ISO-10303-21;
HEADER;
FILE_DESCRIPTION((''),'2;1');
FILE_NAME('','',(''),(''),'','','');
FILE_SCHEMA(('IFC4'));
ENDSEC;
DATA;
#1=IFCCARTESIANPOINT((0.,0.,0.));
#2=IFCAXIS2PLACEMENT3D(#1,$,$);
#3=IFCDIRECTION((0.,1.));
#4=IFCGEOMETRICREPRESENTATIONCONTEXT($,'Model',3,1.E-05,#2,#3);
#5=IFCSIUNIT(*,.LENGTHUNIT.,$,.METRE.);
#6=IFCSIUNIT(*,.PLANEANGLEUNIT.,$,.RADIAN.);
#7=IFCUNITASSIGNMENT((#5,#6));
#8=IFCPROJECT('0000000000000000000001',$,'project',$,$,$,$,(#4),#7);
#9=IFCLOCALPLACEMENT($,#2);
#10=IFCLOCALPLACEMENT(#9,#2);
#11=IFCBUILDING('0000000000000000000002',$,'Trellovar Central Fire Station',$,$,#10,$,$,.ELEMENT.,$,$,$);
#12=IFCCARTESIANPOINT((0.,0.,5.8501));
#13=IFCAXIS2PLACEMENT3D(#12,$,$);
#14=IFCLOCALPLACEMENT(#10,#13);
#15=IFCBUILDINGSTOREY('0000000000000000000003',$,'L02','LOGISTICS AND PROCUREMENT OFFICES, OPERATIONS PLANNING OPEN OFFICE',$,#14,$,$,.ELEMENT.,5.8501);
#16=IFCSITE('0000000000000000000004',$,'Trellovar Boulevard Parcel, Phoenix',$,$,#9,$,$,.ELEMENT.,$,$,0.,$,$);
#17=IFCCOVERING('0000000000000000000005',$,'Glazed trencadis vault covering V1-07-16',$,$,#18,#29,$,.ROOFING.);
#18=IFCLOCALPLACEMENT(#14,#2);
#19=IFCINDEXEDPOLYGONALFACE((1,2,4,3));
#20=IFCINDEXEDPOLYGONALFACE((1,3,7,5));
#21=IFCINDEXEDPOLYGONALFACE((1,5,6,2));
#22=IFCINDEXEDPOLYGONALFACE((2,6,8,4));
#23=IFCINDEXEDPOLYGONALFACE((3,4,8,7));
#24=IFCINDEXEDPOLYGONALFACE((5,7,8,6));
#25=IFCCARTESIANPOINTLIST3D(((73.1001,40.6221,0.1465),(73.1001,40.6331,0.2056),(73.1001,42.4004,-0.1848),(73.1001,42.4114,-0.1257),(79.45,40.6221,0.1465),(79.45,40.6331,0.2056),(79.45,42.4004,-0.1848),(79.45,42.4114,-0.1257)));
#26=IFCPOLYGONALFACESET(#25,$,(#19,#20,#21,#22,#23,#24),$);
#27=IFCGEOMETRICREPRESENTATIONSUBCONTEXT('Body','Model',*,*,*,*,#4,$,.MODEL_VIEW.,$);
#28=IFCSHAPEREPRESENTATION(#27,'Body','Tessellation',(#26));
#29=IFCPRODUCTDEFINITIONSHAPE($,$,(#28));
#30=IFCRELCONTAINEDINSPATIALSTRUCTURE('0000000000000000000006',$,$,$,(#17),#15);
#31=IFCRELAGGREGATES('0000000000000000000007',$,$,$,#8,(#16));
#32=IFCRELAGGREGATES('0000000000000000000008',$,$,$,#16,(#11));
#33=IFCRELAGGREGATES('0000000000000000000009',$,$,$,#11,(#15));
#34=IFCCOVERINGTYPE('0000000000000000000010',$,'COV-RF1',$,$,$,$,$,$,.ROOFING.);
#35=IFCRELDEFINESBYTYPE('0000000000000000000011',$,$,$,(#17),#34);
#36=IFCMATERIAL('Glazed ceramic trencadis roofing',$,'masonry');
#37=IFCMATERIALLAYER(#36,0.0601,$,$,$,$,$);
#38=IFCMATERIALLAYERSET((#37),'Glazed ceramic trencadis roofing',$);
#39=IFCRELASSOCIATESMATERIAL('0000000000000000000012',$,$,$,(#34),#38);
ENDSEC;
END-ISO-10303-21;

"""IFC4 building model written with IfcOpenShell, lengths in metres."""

from ifc_helpers import new_model, si_unit, direction, frame, origin, place, context, subcontext, project, spatial, polyline, outline, extrude, material, layer, layer_set, type_object, element, save


model = new_model("IFC4")

# Units and contexts
model_context = context("Model", 3, precision=1e-05, world=origin(), true_north=direction((0.0, 1.0)))
body_context = subcontext(model_context, "Body", "Model", "MODEL_VIEW")
ifc_project = project(units=[si_unit("LENGTHUNIT", "METRE"), si_unit("PLANEANGLEUNIT", "RADIAN")], contexts=[model_context])

# Site, building, storey
site_placement = place(None, origin())
site = spatial("IfcSite", under=ifc_project, at=site_placement, Name="Trellovar Boulevard Parcel, Phoenix", CompositionType="ELEMENT", RefElevation=0.0)
building_placement = place(site_placement, origin())
building = spatial("IfcBuilding", under=site, at=building_placement, Name="Trellovar Central Fire Station", CompositionType="ELEMENT")
storey_placement = place(building_placement, frame((0.0, 0.0, 5.8501)))
storey = spatial("IfcBuildingStorey", under=building, at=storey_placement, Name="L02", Description="LOGISTICS AND PROCUREMENT OFFICES, OPERATIONS PLANNING OPEN OFFICE", CompositionType="ELEMENT", Elevation=5.8501)

# Covering
ifc_material_1 = material(Name="Glazed ceramic trencadis roofing", Category="masonry")
ifc_layer_1 = layer(ifc_material_1, 0.0601)
ifc_layer_set_1 = layer_set([ifc_layer_1], Name="Glazed ceramic trencadis roofing")
covering_type = type_object("IfcCoveringType", Name="COV-RF1", PredefinedType="ROOFING", material=ifc_layer_set_1)
covering_1_placement = place(storey_placement, frame((73.1001, 40.6331, 0.2056), z_axis=(0.0, 0.183148, 0.983085), x_axis=(1.0, 0.0, 0.0)))
element("IfcCovering", 1, at=covering_1_placement, inside=storey, type_object=covering_type, Name="Glazed trencadis vault covering V1-07-16", PredefinedType="ROOFING", context=body_context, shape_type="SweptSolid", body=[
    extrude(outline(polyline([(0.0, 0.0), (6.3499, 0.0), (6.3499, 1.8089), (0.0, 1.8089), (0.0, 0.0)])), origin(), (0.0, 0.0, -1.0), 0.0601),
])

save(model, "model.ifc")
